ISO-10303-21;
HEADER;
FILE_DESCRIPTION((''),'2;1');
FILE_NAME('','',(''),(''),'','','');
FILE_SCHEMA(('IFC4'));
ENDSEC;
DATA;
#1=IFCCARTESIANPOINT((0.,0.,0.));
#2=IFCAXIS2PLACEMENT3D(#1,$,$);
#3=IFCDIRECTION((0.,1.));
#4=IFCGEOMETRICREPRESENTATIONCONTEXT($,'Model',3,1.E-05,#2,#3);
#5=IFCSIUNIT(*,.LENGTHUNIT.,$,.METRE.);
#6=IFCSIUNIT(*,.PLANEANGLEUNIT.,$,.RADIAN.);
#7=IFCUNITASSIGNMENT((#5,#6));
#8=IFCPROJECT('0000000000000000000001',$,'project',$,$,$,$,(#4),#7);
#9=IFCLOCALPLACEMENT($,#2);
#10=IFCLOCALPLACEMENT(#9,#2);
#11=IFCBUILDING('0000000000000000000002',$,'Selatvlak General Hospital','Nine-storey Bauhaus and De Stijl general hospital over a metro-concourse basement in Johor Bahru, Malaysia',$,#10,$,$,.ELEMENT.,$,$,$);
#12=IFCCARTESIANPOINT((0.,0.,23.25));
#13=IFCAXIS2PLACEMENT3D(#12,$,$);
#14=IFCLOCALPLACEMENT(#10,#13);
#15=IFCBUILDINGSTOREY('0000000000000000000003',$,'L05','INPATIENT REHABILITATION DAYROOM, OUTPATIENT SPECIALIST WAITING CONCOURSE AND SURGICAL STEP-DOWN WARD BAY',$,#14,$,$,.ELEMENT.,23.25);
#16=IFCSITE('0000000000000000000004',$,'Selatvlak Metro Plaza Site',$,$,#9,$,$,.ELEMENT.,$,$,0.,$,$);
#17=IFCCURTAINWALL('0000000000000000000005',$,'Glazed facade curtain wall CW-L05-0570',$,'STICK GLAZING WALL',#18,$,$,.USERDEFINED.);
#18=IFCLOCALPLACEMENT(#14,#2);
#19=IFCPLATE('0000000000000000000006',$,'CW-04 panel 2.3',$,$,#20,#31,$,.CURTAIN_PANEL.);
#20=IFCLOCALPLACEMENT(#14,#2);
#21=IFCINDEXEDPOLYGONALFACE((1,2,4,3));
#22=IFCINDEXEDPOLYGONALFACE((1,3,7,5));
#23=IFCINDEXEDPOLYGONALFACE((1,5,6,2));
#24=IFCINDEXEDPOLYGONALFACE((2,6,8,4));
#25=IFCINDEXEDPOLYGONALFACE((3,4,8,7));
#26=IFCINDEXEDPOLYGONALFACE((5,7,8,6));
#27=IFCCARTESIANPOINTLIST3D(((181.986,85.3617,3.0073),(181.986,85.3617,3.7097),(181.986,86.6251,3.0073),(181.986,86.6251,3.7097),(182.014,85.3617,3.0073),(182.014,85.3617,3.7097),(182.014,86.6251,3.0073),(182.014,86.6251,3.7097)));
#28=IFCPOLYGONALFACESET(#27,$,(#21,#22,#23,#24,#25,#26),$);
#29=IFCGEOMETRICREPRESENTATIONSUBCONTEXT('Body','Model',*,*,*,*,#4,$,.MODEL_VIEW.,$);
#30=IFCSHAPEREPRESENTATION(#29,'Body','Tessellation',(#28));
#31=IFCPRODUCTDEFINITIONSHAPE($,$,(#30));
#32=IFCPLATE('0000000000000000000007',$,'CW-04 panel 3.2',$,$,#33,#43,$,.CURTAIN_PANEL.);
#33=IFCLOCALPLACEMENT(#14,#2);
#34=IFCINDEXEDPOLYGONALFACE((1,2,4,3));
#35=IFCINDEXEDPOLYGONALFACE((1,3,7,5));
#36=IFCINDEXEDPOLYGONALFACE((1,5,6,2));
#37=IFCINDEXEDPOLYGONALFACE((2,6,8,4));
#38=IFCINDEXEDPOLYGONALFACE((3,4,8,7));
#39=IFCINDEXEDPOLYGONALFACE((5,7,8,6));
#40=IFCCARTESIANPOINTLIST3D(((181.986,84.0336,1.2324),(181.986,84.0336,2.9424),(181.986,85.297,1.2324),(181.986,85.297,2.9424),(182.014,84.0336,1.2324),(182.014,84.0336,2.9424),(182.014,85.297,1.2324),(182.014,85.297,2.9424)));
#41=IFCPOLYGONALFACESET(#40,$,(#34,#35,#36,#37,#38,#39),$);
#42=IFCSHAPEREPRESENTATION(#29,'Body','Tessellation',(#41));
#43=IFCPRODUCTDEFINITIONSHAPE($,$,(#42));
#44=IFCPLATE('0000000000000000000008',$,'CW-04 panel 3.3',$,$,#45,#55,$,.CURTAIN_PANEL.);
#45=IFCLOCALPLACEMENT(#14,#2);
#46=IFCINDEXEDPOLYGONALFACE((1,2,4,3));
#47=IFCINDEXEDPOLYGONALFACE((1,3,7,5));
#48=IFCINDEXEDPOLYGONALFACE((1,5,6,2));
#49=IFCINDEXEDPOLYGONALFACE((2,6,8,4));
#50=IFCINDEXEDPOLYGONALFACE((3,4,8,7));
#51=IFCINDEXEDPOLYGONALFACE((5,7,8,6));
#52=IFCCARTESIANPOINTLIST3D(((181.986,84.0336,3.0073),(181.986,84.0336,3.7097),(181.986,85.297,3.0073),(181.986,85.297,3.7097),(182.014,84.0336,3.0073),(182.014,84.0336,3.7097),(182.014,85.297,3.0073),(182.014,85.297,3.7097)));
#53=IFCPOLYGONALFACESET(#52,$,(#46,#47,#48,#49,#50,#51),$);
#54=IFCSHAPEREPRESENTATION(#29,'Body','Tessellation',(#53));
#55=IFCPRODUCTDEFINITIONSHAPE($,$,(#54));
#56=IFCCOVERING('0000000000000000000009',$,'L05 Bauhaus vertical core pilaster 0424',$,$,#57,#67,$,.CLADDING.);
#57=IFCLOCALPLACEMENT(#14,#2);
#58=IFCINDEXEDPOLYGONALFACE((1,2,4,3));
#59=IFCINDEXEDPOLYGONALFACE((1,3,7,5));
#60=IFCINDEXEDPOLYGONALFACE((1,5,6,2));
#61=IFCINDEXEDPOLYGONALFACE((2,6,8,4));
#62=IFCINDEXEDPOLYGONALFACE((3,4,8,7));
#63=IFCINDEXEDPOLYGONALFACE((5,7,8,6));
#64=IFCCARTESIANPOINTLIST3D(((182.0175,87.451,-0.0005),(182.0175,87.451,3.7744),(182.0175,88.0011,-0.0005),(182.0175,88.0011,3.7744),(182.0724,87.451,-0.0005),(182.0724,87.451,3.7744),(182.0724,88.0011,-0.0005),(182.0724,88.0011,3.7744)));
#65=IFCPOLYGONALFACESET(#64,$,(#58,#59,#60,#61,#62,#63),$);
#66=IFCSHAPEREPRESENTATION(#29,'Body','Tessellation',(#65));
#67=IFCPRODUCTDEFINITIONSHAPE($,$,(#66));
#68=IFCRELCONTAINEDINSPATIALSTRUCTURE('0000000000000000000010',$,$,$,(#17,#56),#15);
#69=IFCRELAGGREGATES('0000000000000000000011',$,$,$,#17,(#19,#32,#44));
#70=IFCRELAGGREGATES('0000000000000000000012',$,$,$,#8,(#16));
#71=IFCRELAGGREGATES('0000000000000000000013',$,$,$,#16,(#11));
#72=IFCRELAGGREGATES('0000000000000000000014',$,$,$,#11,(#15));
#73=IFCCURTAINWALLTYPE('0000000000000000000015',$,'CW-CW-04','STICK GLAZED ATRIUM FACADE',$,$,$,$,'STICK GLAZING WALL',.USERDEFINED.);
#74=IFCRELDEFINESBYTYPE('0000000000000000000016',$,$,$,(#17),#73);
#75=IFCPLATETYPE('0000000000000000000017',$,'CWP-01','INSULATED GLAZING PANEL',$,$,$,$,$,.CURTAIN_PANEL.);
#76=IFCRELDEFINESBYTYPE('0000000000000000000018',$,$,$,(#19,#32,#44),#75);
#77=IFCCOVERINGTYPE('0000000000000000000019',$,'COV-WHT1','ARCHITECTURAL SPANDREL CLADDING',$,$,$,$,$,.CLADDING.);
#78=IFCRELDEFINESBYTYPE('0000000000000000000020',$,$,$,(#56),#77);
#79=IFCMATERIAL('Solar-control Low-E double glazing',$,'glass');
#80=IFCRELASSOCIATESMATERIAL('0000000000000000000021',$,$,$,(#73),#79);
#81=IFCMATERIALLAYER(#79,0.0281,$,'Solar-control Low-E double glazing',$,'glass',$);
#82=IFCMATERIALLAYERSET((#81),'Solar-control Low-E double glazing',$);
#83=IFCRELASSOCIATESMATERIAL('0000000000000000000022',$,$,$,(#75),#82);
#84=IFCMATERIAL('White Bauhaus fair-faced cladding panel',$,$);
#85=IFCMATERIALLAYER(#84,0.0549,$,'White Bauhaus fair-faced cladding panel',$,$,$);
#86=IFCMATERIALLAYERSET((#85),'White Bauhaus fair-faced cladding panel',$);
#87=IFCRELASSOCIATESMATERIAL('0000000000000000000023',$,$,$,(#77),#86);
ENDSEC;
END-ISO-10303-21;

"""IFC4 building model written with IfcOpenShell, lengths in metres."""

from ifc_helpers import new_model, si_unit, direction, frame, origin, origin_2d, place, context, subcontext, project, spatial, rectangle, extrude, material, layer, layer_set, type_object, element, aggregate, save


model = new_model("IFC4")

# Units and contexts
model_context = context("Model", 3, precision=1e-05, world=origin(), true_north=direction((0.0, 1.0)))
body_context = subcontext(model_context, "Body", "Model", "MODEL_VIEW")
ifc_project = project(units=[si_unit("LENGTHUNIT", "METRE"), si_unit("PLANEANGLEUNIT", "RADIAN")], contexts=[model_context])

# Site, building, storey
site_placement = place(None, origin())
site = spatial("IfcSite", under=ifc_project, at=site_placement, Name="Selatvlak Metro Plaza Site", CompositionType="ELEMENT", RefElevation=0.0)
building_placement = place(site_placement, origin())
building = spatial("IfcBuilding", under=site, at=building_placement, Name="Selatvlak General Hospital", Description="Nine-storey Bauhaus and De Stijl general hospital over a metro-concourse basement in Johor Bahru, Malaysia", CompositionType="ELEMENT")
storey_placement = place(building_placement, frame((0.0, 0.0, 23.25)))
storey = spatial("IfcBuildingStorey", under=building, at=storey_placement, Name="L05", Description="INPATIENT REHABILITATION DAYROOM, OUTPATIENT SPECIALIST WAITING CONCOURSE AND SURGICAL STEP-DOWN WARD BAY", CompositionType="ELEMENT", Elevation=23.25)

# Shared definitions
ifc_material_1 = material(Name="Solar-control Low-E double glazing", Category="glass")

# Curtain wall, plates
curtain_wall_type_1 = type_object("IfcCurtainWallType", Name="CW-CW-04", Description="STICK GLAZED ATRIUM FACADE", ElementType="STICK GLAZING WALL", PredefinedType="USERDEFINED", material=ifc_material_1)
curtain_wall_1_placement = place(storey_placement, origin())
curtain_wall_1 = element("IfcCurtainWall", 1, at=curtain_wall_1_placement, inside=storey, type_object=curtain_wall_type_1, Name="Glazed facade curtain wall CW-L05-0570", ObjectType="STICK GLAZING WALL", PredefinedType="USERDEFINED")
ifc_layer_1 = layer(ifc_material_1, 0.0281, Name="Solar-control Low-E double glazing", Category="glass")
ifc_layer_set_1 = layer_set([ifc_layer_1], Name="Solar-control Low-E double glazing")
plate_type = type_object("IfcPlateType", Name="CWP-01", Description="INSULATED GLAZING PANEL", PredefinedType="CURTAIN_PANEL", material=ifc_layer_set_1)
plate_1_placement = place(storey_placement, frame((182.0, 85.9934, 3.0073), z_axis=(0.0, 0.0, 1.0), x_axis=(0.0, -1.0, 0.0)))
plate_1 = element("IfcPlate", 2, at=plate_1_placement, type_object=plate_type, Name="CW-04 panel 2.3", PredefinedType="CURTAIN_PANEL", context=body_context, shape_type="SweptSolid", body=[
    extrude(rectangle(XDim=1.2634, YDim=0.0281, at=origin_2d()), origin(), (0.0, 0.0, 1.0), 0.7024),
])
plate_2_placement = place(storey_placement, frame((182.0, 84.6653, 1.2324), z_axis=(0.0, 0.0, 1.0), x_axis=(0.0, -1.0, 0.0)))
plate_2 = element("IfcPlate", 3, at=plate_2_placement, type_object=plate_type, Name="CW-04 panel 3.2", PredefinedType="CURTAIN_PANEL", context=body_context, shape_type="SweptSolid", body=[
    extrude(rectangle(XDim=1.2634, YDim=0.0281, at=origin_2d()), origin(), (0.0, 0.0, 1.0), 1.71),
])
plate_3_placement = place(storey_placement, frame((182.0, 84.6653, 3.0073), z_axis=(0.0, 0.0, 1.0), x_axis=(0.0, -1.0, 0.0)))
plate_3 = element("IfcPlate", 4, at=plate_3_placement, type_object=plate_type, Name="CW-04 panel 3.3", PredefinedType="CURTAIN_PANEL", context=body_context, shape_type="SweptSolid", body=[
    extrude(rectangle(XDim=1.2634, YDim=0.0281, at=origin_2d()), origin(), (0.0, 0.0, 1.0), 0.7024),
])
aggregate(curtain_wall_1, [plate_1, plate_2, plate_3])

# Covering
ifc_material_2 = material(Name="White Bauhaus fair-faced cladding panel")
ifc_layer_2 = layer(ifc_material_2, 0.0549, Name="White Bauhaus fair-faced cladding panel")
ifc_layer_set_2 = layer_set([ifc_layer_2], Name="White Bauhaus fair-faced cladding panel")
covering_type = type_object("IfcCoveringType", Name="COV-WHT1", Description="ARCHITECTURAL SPANDREL CLADDING", PredefinedType="CLADDING", material=ifc_layer_set_2)
covering_placement = place(storey_placement, frame((182.0449, 87.7261, -0.0005), z_axis=(0.0, 0.0, 1.0), x_axis=(0.0, -1.0, 0.0)))
element("IfcCovering", 5, at=covering_placement, inside=storey, type_object=covering_type, Name="L05 Bauhaus vertical core pilaster 0424", PredefinedType="CLADDING", context=body_context, shape_type="SweptSolid", body=[
    extrude(rectangle(XDim=0.55, YDim=0.0549, at=origin_2d()), origin(), (0.0, 0.0, 1.0), 3.7749),
])

save(model, "model.ifc")
